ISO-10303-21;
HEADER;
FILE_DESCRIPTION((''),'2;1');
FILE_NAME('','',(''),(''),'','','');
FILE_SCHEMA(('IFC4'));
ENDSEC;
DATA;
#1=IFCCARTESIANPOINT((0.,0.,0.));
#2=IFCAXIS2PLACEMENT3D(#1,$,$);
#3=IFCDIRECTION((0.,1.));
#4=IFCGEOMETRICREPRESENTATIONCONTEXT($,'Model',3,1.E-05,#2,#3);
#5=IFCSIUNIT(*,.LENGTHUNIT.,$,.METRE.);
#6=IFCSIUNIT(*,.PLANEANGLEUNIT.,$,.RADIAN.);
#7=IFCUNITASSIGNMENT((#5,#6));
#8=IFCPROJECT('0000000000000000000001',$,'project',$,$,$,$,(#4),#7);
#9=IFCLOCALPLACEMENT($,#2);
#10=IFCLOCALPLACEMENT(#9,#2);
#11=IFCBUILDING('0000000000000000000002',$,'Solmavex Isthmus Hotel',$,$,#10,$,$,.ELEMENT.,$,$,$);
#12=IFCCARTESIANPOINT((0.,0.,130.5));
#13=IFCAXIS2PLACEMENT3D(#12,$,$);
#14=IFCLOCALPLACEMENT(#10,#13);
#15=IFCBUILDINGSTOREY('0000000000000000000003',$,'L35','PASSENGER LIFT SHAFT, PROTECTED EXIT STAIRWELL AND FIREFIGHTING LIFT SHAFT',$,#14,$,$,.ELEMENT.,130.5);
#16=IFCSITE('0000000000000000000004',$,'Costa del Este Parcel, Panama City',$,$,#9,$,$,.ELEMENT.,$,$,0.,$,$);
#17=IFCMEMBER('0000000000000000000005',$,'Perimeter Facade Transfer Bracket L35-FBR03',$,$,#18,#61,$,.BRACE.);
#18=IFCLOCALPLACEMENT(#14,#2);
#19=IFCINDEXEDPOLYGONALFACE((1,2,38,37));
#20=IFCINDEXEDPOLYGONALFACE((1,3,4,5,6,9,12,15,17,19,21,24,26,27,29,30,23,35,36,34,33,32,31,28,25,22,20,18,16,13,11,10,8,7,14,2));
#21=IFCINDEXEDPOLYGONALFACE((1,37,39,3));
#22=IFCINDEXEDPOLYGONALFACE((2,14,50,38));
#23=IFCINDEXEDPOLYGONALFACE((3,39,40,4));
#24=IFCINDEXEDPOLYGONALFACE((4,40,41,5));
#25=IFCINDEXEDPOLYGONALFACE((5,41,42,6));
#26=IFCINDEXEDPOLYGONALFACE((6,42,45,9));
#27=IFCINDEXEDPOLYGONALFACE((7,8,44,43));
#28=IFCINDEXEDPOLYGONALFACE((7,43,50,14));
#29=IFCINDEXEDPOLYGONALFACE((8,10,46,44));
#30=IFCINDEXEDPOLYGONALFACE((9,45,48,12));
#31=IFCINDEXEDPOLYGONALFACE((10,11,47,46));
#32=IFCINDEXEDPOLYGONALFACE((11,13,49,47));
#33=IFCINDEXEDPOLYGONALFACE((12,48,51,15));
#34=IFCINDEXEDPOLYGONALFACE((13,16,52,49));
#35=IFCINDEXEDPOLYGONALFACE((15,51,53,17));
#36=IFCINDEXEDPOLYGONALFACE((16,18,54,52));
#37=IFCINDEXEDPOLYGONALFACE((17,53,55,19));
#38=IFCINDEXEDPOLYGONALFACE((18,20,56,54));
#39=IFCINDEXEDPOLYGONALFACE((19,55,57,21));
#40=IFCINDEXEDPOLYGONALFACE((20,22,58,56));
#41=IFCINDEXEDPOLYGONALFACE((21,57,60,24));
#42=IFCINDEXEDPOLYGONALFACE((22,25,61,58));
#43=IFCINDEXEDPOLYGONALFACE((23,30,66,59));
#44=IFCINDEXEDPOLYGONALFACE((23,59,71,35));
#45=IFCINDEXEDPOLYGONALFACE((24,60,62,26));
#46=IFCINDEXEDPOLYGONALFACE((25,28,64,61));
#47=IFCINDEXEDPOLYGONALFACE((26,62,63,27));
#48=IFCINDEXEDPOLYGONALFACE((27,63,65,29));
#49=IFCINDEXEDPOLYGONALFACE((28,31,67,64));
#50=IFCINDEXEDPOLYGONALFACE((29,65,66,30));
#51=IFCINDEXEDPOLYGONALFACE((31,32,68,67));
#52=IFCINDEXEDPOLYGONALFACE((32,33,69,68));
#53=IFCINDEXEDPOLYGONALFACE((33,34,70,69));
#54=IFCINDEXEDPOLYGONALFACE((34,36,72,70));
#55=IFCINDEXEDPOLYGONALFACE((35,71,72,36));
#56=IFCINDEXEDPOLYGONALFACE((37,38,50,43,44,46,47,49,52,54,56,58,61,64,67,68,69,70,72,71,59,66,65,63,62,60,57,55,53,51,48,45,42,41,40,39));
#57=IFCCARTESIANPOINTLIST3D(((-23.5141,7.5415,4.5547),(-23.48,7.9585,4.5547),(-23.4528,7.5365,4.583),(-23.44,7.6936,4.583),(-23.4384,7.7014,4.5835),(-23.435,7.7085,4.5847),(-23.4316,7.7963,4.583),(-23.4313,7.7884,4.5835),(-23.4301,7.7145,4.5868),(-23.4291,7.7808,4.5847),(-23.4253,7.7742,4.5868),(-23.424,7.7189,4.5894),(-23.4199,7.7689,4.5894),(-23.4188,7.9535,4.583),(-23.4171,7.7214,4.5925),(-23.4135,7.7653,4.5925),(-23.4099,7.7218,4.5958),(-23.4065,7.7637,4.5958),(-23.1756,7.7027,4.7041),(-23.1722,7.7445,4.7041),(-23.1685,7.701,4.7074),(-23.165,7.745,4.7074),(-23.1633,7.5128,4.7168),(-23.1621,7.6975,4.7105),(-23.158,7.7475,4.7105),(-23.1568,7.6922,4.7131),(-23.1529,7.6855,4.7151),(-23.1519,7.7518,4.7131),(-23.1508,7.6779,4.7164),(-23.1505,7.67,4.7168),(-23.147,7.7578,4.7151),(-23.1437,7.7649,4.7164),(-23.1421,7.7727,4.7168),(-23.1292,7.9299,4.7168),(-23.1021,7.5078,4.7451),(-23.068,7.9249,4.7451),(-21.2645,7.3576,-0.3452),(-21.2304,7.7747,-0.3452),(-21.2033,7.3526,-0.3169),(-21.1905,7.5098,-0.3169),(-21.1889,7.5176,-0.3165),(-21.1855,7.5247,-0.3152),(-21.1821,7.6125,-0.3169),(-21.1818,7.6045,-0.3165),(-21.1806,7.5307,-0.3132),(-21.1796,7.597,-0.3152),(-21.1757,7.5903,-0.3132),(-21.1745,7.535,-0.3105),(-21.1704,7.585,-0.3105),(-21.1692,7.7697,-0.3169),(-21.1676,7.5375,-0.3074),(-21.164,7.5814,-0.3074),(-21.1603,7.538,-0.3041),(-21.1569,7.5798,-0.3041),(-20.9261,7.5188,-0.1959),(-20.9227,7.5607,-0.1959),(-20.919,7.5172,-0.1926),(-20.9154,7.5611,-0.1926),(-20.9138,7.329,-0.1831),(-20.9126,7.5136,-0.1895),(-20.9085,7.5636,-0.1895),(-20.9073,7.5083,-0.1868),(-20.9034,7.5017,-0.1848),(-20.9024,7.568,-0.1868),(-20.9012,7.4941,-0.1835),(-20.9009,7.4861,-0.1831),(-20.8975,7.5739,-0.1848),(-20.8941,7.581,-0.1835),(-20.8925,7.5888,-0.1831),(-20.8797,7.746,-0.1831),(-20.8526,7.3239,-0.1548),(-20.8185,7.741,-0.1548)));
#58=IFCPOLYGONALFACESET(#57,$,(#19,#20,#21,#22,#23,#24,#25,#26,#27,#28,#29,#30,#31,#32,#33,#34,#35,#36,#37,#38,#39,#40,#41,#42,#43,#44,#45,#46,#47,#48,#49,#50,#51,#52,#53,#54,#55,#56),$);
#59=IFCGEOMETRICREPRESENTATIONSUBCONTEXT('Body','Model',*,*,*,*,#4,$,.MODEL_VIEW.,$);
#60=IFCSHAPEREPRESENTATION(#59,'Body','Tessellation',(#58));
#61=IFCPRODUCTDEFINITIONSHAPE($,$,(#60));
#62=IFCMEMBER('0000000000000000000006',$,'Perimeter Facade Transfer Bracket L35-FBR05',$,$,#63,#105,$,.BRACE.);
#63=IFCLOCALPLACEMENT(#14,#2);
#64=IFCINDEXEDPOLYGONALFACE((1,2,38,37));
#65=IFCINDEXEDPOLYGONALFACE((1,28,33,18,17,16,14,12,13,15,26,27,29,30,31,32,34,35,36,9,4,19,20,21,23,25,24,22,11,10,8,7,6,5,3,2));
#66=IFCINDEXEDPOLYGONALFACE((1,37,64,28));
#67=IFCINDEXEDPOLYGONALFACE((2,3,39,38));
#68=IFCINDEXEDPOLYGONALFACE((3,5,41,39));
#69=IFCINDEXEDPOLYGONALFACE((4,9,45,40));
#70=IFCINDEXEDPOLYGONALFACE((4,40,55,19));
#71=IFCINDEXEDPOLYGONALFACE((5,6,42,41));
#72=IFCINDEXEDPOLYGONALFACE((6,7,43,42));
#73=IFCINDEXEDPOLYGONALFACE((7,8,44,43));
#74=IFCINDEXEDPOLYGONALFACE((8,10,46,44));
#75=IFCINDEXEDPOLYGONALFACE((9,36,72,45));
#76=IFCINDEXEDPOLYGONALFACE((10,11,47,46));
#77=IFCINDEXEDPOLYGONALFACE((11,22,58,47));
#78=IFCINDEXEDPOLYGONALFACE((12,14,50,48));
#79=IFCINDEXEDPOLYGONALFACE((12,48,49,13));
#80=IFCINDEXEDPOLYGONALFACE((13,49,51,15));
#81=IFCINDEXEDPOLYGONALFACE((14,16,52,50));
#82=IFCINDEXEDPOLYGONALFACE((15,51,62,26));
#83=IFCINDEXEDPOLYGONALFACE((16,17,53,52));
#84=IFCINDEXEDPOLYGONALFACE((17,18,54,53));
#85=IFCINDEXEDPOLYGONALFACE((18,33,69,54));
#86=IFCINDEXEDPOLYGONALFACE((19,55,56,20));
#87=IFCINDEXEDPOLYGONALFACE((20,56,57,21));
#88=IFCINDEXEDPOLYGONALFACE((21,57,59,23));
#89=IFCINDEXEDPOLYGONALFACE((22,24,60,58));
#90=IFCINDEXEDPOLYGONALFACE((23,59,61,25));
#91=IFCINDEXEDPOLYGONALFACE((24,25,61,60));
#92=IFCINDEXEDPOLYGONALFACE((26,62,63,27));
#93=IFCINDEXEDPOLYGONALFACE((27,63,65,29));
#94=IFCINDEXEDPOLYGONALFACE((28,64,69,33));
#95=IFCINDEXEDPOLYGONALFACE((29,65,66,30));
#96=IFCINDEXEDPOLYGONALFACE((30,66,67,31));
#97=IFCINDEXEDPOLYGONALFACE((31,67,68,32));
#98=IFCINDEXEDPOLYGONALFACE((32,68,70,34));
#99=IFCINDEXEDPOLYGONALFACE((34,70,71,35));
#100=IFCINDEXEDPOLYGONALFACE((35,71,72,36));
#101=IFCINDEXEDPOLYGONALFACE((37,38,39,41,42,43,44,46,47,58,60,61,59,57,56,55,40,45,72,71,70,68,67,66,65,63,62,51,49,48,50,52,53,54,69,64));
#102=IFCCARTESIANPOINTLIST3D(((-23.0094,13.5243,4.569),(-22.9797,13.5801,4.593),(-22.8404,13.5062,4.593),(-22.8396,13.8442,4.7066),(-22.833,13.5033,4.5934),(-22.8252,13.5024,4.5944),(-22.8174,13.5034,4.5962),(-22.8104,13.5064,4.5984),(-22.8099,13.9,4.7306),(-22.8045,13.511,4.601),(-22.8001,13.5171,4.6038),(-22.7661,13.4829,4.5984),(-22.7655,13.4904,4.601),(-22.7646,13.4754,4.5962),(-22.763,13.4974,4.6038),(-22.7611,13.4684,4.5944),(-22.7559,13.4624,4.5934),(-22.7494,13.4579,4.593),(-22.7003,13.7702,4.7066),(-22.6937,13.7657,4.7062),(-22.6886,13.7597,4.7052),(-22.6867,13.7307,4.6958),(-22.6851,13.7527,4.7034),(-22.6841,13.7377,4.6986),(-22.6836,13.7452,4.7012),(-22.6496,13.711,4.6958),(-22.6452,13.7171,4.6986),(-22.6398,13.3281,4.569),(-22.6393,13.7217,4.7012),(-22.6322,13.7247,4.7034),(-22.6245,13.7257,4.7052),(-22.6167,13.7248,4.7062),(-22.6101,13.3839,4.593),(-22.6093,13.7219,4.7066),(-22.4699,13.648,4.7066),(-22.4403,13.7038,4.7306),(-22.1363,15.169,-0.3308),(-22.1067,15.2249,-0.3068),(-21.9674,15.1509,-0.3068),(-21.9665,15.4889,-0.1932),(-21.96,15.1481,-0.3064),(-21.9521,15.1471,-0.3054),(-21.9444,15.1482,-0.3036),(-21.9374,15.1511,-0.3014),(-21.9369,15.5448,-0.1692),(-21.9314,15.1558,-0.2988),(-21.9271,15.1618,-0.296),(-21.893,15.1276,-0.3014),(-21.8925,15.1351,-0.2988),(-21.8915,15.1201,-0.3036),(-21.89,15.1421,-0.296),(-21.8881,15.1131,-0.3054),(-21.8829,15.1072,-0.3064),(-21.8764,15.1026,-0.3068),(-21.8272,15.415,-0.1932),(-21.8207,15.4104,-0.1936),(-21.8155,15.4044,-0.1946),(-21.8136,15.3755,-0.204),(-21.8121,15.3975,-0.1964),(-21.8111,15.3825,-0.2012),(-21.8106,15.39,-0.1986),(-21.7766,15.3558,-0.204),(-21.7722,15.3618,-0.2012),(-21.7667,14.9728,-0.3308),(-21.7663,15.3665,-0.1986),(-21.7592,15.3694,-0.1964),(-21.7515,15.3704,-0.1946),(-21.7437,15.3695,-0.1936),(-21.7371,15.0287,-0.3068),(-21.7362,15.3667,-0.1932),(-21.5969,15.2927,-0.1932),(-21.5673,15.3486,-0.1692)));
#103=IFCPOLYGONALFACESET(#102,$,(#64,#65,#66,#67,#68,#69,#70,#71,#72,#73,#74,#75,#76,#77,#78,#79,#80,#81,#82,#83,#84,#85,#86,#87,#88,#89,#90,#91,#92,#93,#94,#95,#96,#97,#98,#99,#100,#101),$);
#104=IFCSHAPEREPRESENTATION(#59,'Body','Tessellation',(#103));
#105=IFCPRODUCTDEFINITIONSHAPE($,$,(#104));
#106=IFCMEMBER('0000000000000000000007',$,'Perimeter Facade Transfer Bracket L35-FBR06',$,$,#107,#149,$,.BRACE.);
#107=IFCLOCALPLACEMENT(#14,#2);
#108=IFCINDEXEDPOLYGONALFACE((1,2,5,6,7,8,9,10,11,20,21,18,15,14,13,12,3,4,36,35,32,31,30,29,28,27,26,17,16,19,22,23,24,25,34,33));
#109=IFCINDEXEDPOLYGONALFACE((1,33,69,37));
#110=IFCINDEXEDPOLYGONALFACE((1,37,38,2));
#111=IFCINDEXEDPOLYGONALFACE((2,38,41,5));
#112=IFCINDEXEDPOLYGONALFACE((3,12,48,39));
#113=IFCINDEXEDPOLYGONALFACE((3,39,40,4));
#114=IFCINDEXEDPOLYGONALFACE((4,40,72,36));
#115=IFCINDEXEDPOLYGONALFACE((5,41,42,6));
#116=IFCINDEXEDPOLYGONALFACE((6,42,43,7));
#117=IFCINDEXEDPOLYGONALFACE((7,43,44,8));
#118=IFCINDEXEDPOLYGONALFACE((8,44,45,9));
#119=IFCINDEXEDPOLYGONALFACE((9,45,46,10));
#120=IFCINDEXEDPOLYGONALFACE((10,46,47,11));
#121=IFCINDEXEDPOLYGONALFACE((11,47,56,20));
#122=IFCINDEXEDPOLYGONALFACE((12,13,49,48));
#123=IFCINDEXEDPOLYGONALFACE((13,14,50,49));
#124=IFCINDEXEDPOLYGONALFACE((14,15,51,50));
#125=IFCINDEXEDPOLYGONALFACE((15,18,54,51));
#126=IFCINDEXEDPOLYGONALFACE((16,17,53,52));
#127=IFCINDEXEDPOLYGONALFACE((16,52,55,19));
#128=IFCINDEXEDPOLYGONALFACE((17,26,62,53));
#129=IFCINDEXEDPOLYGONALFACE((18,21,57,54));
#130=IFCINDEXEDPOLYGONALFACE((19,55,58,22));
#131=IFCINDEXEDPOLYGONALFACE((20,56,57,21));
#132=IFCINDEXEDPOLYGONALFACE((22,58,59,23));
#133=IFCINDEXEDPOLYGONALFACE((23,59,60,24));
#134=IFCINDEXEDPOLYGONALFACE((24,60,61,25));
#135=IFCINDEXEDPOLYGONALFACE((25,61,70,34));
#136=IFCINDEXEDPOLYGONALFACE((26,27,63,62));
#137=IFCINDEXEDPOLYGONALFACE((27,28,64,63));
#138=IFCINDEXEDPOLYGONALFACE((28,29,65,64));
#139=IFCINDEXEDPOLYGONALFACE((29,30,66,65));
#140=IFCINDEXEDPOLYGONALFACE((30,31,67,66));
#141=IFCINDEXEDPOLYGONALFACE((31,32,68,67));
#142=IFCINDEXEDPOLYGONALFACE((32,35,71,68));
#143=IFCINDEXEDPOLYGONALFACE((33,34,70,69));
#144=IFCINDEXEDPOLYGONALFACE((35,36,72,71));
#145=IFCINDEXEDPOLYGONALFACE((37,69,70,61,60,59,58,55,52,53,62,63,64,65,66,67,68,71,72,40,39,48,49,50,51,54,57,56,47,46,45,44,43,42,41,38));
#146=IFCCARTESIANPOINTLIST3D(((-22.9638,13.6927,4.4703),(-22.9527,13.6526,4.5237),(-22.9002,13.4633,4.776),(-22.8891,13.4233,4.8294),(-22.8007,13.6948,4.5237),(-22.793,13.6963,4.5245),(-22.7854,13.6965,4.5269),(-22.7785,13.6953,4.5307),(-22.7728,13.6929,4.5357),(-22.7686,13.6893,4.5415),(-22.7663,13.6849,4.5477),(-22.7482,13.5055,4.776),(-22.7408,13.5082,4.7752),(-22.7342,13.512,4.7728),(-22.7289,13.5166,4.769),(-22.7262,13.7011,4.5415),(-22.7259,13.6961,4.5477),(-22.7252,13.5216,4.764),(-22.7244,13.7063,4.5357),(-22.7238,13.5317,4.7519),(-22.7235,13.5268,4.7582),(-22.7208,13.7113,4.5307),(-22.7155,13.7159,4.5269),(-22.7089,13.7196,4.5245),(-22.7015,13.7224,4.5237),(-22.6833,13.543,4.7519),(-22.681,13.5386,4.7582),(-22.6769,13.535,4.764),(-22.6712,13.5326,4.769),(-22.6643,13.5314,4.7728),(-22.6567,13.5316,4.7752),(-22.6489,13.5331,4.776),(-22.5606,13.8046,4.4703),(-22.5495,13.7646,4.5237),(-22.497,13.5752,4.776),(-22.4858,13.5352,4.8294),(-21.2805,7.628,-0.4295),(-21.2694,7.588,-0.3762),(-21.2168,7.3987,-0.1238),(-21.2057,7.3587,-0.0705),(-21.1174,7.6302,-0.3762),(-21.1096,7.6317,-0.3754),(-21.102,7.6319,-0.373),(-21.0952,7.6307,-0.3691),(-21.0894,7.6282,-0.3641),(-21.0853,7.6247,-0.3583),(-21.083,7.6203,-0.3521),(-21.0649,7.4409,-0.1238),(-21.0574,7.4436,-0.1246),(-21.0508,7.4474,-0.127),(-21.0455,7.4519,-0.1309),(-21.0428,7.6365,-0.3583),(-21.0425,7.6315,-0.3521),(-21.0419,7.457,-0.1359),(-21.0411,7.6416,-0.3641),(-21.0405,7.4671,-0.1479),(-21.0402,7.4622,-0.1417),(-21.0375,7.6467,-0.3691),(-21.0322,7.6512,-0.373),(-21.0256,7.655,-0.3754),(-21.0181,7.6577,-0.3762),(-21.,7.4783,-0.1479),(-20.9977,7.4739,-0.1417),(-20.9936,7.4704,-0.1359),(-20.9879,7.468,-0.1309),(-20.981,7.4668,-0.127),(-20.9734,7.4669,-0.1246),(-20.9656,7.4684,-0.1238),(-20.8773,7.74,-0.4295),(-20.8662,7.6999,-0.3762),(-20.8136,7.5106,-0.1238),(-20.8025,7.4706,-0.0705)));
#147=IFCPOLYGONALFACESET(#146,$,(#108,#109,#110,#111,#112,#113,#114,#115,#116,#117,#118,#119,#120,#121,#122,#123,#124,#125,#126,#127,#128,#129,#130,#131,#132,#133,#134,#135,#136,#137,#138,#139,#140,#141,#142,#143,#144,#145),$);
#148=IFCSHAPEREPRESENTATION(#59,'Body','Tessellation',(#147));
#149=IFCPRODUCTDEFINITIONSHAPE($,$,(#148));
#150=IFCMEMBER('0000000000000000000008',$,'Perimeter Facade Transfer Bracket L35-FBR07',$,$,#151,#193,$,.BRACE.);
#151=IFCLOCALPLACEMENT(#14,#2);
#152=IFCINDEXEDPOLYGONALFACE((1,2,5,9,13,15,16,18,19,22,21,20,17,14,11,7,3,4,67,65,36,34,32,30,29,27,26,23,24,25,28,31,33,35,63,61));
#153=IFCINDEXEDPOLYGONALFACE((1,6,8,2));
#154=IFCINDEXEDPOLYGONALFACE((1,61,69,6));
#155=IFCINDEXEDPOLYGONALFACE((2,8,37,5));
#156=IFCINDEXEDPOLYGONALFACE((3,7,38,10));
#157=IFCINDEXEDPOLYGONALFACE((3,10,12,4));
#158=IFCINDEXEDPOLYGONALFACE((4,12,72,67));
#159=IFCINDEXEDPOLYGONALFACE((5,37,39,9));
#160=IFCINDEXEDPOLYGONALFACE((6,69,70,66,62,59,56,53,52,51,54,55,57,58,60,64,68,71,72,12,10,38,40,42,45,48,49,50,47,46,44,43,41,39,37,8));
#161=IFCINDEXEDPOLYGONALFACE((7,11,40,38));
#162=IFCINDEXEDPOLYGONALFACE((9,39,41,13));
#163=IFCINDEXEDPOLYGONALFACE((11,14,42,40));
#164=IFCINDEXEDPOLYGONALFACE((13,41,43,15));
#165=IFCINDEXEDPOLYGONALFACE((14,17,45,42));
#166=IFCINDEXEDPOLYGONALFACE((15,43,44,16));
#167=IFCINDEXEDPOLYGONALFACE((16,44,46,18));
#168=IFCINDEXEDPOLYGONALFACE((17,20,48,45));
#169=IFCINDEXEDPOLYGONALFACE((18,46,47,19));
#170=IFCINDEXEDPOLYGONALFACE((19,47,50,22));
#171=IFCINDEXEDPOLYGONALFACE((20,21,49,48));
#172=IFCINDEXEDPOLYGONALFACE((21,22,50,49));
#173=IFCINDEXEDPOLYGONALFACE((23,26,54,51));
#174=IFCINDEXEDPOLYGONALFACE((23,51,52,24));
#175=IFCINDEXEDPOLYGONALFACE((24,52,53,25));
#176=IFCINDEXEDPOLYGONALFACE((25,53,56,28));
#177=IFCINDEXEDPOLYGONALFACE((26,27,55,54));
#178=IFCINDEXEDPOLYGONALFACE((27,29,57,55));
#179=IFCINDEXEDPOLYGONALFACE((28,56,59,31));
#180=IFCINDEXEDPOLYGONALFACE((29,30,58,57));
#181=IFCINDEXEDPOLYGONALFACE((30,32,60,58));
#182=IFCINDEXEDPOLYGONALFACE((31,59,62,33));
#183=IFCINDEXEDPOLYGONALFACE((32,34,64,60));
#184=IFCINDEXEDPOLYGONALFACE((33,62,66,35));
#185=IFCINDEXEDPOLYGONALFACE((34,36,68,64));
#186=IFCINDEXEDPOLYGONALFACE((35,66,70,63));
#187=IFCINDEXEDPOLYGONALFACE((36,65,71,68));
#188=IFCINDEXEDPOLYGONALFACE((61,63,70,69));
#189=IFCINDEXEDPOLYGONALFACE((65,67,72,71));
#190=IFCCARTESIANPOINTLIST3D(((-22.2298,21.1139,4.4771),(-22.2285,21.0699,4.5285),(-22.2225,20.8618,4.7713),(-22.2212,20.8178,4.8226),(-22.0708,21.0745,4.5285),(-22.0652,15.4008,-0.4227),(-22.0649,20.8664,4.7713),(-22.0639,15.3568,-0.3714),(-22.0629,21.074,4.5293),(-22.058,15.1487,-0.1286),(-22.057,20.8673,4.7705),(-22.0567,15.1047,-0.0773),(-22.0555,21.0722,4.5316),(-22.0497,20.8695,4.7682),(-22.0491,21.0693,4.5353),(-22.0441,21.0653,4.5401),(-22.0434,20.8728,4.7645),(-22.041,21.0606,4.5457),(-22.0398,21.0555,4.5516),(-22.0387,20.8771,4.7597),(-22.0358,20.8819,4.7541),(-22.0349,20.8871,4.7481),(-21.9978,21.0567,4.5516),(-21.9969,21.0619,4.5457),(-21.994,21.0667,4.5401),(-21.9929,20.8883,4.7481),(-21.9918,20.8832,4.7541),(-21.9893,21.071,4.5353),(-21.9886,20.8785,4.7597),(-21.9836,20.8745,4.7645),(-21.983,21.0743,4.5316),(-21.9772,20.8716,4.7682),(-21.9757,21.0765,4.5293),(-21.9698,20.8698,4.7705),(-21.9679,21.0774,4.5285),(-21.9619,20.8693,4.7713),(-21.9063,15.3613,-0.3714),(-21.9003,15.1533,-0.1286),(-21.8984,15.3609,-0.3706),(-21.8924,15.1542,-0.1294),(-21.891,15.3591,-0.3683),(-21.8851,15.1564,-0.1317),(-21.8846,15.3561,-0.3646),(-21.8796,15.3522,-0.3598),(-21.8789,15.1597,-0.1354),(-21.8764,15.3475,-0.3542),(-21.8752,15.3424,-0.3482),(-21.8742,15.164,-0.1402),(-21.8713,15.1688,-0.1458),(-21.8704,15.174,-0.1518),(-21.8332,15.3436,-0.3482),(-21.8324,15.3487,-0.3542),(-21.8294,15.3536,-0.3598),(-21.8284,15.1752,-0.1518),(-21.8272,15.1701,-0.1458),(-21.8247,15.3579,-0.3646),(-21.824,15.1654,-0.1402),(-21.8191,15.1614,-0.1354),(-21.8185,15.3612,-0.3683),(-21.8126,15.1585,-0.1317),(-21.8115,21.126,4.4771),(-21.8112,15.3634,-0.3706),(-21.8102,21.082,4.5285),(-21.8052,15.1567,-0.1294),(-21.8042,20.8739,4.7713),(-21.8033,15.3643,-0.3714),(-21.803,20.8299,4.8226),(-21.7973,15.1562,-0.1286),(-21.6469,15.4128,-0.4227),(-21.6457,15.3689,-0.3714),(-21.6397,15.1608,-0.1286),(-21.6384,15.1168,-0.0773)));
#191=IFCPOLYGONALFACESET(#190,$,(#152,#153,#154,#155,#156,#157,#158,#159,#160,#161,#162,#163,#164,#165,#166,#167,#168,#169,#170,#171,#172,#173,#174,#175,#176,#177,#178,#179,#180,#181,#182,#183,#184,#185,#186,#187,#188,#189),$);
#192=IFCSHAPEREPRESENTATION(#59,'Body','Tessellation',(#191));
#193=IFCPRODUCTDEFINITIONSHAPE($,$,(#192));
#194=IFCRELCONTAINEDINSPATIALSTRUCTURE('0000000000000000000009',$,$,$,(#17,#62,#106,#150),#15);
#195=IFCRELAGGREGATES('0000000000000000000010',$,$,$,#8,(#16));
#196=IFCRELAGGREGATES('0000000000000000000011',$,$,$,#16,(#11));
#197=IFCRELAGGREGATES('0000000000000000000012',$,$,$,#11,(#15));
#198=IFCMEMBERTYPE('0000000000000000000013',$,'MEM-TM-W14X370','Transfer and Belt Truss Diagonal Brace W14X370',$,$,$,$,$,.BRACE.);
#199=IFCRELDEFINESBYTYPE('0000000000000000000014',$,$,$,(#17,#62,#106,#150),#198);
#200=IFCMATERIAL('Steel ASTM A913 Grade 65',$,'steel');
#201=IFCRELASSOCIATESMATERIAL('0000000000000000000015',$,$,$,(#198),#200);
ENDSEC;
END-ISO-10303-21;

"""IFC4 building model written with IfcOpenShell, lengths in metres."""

from ifc_helpers import new_model, si_unit, direction, frame, origin, origin_2d, place, context, subcontext, project, spatial, i_section, extrude, material, material_profile, profile_set, type_object, element, save


model = new_model("IFC4")

# Units and contexts
model_context = context("Model", 3, precision=1e-05, world=origin(), true_north=direction((0.0, 1.0)))
body_context = subcontext(model_context, "Body", "Model", "MODEL_VIEW")
ifc_project = project(units=[si_unit("LENGTHUNIT", "METRE"), si_unit("PLANEANGLEUNIT", "RADIAN")], contexts=[model_context])

# Site, building, storey
site_placement = place(None, origin())
site = spatial("IfcSite", under=ifc_project, at=site_placement, Name="Costa del Este Parcel, Panama City", CompositionType="ELEMENT", RefElevation=0.0)
building_placement = place(site_placement, origin())
building = spatial("IfcBuilding", under=site, at=building_placement, Name="Solmavex Isthmus Hotel", CompositionType="ELEMENT")
storey_placement = place(building_placement, frame((0.0, 0.0, 130.5)))
storey = spatial("IfcBuildingStorey", under=building, at=storey_placement, Name="L35", Description="PASSENGER LIFT SHAFT, PROTECTED EXIT STAIRWELL AND FIREFIGHTING LIFT SHAFT", CompositionType="ELEMENT", Elevation=130.5)

# Shared definitions
ifc_material_1 = material(Name="Steel ASTM A913 Grade 65", Category="steel")

# Members
ifc_material_profile_1 = material_profile(ifc_material_1, i_section(OverallWidth=0.4185, OverallDepth=0.4551, WebThickness=0.042, FlangeThickness=0.0676, FilletRadius=0.0305, at=origin_2d()), Name="W14X370")
ifc_profile_set_1 = profile_set([ifc_material_profile_1], Name="Steel ASTM A913 Grade 65")
member_type_1 = type_object("IfcMemberType", Name="MEM-TM-W14X370", Description="Transfer and Belt Truss Diagonal Brace W14X370", PredefinedType="BRACE", material=ifc_profile_set_1)
member_1_placement = place(storey_placement, frame((-21.0415, 7.5493, -0.25), z_axis=(-0.416983, 0.034077, 0.908275), x_axis=(-0.081452, -0.996677, 0.0)))
element("IfcMember", 1, at=member_1_placement, inside=storey, type_object=member_type_1, Name="Perimeter Facade Transfer Bracket L35-FBR03", PredefinedType="BRACE", context=body_context, shape_type="SweptSolid", body=[
    extrude(i_section(OverallWidth=0.4185, OverallDepth=0.4551, WebThickness=0.042, FlangeThickness=0.0676, FilletRadius=0.0305, at=origin_2d()), origin(), (0.0, 0.0, 1.0), 5.3948),
])
member_2_placement = place(storey_placement, frame((-21.8518, 15.2588, -0.25), z_axis=(-0.166555, -0.31378, 0.934774), x_axis=(0.88328, -0.468845, 0.0)))
element("IfcMember", 2, at=member_2_placement, inside=storey, type_object=member_type_1, Name="Perimeter Facade Transfer Bracket L35-FBR05", PredefinedType="BRACE", context=body_context, shape_type="SweptSolid", body=[
    extrude(i_section(OverallWidth=0.4185, OverallDepth=0.4551, WebThickness=0.042, FlangeThickness=0.0676, FilletRadius=0.0305, at=origin_2d()), origin(), (0.0, 0.0, 1.0), 5.2417),
])
member_3_placement = place(storey_placement, frame((-21.0415, 7.5493, -0.25), z_axis=(-0.211041, 0.760328, 0.614299), x_axis=(-0.963571, -0.267454, 0.0)))
element("IfcMember", 3, at=member_3_placement, inside=storey, type_object=member_type_1, Name="Perimeter Facade Transfer Bracket L35-FBR06", PredefinedType="BRACE", context=body_context, shape_type="SweptSolid", body=[
    extrude(i_section(OverallWidth=0.4185, OverallDepth=0.4551, WebThickness=0.042, FlangeThickness=0.0676, FilletRadius=0.0305, at=origin_2d()), origin(), (0.0, 0.0, 1.0), 7.9763),
])
member_4_placement = place(storey_placement, frame((-21.8518, 15.2588, -0.25), z_axis=(-0.021857, 0.758883, 0.65086), x_axis=(-0.999585, -0.02879, 0.0)))
element("IfcMember", 4, at=member_4_placement, inside=storey, type_object=member_type_1, Name="Perimeter Facade Transfer Bracket L35-FBR07", PredefinedType="BRACE", context=body_context, shape_type="SweptSolid", body=[
    extrude(i_section(OverallWidth=0.4185, OverallDepth=0.4551, WebThickness=0.042, FlangeThickness=0.0676, FilletRadius=0.0305, at=origin_2d()), origin(), (0.0, 0.0, 1.0), 7.5283),
])

save(model, "model.ifc")
